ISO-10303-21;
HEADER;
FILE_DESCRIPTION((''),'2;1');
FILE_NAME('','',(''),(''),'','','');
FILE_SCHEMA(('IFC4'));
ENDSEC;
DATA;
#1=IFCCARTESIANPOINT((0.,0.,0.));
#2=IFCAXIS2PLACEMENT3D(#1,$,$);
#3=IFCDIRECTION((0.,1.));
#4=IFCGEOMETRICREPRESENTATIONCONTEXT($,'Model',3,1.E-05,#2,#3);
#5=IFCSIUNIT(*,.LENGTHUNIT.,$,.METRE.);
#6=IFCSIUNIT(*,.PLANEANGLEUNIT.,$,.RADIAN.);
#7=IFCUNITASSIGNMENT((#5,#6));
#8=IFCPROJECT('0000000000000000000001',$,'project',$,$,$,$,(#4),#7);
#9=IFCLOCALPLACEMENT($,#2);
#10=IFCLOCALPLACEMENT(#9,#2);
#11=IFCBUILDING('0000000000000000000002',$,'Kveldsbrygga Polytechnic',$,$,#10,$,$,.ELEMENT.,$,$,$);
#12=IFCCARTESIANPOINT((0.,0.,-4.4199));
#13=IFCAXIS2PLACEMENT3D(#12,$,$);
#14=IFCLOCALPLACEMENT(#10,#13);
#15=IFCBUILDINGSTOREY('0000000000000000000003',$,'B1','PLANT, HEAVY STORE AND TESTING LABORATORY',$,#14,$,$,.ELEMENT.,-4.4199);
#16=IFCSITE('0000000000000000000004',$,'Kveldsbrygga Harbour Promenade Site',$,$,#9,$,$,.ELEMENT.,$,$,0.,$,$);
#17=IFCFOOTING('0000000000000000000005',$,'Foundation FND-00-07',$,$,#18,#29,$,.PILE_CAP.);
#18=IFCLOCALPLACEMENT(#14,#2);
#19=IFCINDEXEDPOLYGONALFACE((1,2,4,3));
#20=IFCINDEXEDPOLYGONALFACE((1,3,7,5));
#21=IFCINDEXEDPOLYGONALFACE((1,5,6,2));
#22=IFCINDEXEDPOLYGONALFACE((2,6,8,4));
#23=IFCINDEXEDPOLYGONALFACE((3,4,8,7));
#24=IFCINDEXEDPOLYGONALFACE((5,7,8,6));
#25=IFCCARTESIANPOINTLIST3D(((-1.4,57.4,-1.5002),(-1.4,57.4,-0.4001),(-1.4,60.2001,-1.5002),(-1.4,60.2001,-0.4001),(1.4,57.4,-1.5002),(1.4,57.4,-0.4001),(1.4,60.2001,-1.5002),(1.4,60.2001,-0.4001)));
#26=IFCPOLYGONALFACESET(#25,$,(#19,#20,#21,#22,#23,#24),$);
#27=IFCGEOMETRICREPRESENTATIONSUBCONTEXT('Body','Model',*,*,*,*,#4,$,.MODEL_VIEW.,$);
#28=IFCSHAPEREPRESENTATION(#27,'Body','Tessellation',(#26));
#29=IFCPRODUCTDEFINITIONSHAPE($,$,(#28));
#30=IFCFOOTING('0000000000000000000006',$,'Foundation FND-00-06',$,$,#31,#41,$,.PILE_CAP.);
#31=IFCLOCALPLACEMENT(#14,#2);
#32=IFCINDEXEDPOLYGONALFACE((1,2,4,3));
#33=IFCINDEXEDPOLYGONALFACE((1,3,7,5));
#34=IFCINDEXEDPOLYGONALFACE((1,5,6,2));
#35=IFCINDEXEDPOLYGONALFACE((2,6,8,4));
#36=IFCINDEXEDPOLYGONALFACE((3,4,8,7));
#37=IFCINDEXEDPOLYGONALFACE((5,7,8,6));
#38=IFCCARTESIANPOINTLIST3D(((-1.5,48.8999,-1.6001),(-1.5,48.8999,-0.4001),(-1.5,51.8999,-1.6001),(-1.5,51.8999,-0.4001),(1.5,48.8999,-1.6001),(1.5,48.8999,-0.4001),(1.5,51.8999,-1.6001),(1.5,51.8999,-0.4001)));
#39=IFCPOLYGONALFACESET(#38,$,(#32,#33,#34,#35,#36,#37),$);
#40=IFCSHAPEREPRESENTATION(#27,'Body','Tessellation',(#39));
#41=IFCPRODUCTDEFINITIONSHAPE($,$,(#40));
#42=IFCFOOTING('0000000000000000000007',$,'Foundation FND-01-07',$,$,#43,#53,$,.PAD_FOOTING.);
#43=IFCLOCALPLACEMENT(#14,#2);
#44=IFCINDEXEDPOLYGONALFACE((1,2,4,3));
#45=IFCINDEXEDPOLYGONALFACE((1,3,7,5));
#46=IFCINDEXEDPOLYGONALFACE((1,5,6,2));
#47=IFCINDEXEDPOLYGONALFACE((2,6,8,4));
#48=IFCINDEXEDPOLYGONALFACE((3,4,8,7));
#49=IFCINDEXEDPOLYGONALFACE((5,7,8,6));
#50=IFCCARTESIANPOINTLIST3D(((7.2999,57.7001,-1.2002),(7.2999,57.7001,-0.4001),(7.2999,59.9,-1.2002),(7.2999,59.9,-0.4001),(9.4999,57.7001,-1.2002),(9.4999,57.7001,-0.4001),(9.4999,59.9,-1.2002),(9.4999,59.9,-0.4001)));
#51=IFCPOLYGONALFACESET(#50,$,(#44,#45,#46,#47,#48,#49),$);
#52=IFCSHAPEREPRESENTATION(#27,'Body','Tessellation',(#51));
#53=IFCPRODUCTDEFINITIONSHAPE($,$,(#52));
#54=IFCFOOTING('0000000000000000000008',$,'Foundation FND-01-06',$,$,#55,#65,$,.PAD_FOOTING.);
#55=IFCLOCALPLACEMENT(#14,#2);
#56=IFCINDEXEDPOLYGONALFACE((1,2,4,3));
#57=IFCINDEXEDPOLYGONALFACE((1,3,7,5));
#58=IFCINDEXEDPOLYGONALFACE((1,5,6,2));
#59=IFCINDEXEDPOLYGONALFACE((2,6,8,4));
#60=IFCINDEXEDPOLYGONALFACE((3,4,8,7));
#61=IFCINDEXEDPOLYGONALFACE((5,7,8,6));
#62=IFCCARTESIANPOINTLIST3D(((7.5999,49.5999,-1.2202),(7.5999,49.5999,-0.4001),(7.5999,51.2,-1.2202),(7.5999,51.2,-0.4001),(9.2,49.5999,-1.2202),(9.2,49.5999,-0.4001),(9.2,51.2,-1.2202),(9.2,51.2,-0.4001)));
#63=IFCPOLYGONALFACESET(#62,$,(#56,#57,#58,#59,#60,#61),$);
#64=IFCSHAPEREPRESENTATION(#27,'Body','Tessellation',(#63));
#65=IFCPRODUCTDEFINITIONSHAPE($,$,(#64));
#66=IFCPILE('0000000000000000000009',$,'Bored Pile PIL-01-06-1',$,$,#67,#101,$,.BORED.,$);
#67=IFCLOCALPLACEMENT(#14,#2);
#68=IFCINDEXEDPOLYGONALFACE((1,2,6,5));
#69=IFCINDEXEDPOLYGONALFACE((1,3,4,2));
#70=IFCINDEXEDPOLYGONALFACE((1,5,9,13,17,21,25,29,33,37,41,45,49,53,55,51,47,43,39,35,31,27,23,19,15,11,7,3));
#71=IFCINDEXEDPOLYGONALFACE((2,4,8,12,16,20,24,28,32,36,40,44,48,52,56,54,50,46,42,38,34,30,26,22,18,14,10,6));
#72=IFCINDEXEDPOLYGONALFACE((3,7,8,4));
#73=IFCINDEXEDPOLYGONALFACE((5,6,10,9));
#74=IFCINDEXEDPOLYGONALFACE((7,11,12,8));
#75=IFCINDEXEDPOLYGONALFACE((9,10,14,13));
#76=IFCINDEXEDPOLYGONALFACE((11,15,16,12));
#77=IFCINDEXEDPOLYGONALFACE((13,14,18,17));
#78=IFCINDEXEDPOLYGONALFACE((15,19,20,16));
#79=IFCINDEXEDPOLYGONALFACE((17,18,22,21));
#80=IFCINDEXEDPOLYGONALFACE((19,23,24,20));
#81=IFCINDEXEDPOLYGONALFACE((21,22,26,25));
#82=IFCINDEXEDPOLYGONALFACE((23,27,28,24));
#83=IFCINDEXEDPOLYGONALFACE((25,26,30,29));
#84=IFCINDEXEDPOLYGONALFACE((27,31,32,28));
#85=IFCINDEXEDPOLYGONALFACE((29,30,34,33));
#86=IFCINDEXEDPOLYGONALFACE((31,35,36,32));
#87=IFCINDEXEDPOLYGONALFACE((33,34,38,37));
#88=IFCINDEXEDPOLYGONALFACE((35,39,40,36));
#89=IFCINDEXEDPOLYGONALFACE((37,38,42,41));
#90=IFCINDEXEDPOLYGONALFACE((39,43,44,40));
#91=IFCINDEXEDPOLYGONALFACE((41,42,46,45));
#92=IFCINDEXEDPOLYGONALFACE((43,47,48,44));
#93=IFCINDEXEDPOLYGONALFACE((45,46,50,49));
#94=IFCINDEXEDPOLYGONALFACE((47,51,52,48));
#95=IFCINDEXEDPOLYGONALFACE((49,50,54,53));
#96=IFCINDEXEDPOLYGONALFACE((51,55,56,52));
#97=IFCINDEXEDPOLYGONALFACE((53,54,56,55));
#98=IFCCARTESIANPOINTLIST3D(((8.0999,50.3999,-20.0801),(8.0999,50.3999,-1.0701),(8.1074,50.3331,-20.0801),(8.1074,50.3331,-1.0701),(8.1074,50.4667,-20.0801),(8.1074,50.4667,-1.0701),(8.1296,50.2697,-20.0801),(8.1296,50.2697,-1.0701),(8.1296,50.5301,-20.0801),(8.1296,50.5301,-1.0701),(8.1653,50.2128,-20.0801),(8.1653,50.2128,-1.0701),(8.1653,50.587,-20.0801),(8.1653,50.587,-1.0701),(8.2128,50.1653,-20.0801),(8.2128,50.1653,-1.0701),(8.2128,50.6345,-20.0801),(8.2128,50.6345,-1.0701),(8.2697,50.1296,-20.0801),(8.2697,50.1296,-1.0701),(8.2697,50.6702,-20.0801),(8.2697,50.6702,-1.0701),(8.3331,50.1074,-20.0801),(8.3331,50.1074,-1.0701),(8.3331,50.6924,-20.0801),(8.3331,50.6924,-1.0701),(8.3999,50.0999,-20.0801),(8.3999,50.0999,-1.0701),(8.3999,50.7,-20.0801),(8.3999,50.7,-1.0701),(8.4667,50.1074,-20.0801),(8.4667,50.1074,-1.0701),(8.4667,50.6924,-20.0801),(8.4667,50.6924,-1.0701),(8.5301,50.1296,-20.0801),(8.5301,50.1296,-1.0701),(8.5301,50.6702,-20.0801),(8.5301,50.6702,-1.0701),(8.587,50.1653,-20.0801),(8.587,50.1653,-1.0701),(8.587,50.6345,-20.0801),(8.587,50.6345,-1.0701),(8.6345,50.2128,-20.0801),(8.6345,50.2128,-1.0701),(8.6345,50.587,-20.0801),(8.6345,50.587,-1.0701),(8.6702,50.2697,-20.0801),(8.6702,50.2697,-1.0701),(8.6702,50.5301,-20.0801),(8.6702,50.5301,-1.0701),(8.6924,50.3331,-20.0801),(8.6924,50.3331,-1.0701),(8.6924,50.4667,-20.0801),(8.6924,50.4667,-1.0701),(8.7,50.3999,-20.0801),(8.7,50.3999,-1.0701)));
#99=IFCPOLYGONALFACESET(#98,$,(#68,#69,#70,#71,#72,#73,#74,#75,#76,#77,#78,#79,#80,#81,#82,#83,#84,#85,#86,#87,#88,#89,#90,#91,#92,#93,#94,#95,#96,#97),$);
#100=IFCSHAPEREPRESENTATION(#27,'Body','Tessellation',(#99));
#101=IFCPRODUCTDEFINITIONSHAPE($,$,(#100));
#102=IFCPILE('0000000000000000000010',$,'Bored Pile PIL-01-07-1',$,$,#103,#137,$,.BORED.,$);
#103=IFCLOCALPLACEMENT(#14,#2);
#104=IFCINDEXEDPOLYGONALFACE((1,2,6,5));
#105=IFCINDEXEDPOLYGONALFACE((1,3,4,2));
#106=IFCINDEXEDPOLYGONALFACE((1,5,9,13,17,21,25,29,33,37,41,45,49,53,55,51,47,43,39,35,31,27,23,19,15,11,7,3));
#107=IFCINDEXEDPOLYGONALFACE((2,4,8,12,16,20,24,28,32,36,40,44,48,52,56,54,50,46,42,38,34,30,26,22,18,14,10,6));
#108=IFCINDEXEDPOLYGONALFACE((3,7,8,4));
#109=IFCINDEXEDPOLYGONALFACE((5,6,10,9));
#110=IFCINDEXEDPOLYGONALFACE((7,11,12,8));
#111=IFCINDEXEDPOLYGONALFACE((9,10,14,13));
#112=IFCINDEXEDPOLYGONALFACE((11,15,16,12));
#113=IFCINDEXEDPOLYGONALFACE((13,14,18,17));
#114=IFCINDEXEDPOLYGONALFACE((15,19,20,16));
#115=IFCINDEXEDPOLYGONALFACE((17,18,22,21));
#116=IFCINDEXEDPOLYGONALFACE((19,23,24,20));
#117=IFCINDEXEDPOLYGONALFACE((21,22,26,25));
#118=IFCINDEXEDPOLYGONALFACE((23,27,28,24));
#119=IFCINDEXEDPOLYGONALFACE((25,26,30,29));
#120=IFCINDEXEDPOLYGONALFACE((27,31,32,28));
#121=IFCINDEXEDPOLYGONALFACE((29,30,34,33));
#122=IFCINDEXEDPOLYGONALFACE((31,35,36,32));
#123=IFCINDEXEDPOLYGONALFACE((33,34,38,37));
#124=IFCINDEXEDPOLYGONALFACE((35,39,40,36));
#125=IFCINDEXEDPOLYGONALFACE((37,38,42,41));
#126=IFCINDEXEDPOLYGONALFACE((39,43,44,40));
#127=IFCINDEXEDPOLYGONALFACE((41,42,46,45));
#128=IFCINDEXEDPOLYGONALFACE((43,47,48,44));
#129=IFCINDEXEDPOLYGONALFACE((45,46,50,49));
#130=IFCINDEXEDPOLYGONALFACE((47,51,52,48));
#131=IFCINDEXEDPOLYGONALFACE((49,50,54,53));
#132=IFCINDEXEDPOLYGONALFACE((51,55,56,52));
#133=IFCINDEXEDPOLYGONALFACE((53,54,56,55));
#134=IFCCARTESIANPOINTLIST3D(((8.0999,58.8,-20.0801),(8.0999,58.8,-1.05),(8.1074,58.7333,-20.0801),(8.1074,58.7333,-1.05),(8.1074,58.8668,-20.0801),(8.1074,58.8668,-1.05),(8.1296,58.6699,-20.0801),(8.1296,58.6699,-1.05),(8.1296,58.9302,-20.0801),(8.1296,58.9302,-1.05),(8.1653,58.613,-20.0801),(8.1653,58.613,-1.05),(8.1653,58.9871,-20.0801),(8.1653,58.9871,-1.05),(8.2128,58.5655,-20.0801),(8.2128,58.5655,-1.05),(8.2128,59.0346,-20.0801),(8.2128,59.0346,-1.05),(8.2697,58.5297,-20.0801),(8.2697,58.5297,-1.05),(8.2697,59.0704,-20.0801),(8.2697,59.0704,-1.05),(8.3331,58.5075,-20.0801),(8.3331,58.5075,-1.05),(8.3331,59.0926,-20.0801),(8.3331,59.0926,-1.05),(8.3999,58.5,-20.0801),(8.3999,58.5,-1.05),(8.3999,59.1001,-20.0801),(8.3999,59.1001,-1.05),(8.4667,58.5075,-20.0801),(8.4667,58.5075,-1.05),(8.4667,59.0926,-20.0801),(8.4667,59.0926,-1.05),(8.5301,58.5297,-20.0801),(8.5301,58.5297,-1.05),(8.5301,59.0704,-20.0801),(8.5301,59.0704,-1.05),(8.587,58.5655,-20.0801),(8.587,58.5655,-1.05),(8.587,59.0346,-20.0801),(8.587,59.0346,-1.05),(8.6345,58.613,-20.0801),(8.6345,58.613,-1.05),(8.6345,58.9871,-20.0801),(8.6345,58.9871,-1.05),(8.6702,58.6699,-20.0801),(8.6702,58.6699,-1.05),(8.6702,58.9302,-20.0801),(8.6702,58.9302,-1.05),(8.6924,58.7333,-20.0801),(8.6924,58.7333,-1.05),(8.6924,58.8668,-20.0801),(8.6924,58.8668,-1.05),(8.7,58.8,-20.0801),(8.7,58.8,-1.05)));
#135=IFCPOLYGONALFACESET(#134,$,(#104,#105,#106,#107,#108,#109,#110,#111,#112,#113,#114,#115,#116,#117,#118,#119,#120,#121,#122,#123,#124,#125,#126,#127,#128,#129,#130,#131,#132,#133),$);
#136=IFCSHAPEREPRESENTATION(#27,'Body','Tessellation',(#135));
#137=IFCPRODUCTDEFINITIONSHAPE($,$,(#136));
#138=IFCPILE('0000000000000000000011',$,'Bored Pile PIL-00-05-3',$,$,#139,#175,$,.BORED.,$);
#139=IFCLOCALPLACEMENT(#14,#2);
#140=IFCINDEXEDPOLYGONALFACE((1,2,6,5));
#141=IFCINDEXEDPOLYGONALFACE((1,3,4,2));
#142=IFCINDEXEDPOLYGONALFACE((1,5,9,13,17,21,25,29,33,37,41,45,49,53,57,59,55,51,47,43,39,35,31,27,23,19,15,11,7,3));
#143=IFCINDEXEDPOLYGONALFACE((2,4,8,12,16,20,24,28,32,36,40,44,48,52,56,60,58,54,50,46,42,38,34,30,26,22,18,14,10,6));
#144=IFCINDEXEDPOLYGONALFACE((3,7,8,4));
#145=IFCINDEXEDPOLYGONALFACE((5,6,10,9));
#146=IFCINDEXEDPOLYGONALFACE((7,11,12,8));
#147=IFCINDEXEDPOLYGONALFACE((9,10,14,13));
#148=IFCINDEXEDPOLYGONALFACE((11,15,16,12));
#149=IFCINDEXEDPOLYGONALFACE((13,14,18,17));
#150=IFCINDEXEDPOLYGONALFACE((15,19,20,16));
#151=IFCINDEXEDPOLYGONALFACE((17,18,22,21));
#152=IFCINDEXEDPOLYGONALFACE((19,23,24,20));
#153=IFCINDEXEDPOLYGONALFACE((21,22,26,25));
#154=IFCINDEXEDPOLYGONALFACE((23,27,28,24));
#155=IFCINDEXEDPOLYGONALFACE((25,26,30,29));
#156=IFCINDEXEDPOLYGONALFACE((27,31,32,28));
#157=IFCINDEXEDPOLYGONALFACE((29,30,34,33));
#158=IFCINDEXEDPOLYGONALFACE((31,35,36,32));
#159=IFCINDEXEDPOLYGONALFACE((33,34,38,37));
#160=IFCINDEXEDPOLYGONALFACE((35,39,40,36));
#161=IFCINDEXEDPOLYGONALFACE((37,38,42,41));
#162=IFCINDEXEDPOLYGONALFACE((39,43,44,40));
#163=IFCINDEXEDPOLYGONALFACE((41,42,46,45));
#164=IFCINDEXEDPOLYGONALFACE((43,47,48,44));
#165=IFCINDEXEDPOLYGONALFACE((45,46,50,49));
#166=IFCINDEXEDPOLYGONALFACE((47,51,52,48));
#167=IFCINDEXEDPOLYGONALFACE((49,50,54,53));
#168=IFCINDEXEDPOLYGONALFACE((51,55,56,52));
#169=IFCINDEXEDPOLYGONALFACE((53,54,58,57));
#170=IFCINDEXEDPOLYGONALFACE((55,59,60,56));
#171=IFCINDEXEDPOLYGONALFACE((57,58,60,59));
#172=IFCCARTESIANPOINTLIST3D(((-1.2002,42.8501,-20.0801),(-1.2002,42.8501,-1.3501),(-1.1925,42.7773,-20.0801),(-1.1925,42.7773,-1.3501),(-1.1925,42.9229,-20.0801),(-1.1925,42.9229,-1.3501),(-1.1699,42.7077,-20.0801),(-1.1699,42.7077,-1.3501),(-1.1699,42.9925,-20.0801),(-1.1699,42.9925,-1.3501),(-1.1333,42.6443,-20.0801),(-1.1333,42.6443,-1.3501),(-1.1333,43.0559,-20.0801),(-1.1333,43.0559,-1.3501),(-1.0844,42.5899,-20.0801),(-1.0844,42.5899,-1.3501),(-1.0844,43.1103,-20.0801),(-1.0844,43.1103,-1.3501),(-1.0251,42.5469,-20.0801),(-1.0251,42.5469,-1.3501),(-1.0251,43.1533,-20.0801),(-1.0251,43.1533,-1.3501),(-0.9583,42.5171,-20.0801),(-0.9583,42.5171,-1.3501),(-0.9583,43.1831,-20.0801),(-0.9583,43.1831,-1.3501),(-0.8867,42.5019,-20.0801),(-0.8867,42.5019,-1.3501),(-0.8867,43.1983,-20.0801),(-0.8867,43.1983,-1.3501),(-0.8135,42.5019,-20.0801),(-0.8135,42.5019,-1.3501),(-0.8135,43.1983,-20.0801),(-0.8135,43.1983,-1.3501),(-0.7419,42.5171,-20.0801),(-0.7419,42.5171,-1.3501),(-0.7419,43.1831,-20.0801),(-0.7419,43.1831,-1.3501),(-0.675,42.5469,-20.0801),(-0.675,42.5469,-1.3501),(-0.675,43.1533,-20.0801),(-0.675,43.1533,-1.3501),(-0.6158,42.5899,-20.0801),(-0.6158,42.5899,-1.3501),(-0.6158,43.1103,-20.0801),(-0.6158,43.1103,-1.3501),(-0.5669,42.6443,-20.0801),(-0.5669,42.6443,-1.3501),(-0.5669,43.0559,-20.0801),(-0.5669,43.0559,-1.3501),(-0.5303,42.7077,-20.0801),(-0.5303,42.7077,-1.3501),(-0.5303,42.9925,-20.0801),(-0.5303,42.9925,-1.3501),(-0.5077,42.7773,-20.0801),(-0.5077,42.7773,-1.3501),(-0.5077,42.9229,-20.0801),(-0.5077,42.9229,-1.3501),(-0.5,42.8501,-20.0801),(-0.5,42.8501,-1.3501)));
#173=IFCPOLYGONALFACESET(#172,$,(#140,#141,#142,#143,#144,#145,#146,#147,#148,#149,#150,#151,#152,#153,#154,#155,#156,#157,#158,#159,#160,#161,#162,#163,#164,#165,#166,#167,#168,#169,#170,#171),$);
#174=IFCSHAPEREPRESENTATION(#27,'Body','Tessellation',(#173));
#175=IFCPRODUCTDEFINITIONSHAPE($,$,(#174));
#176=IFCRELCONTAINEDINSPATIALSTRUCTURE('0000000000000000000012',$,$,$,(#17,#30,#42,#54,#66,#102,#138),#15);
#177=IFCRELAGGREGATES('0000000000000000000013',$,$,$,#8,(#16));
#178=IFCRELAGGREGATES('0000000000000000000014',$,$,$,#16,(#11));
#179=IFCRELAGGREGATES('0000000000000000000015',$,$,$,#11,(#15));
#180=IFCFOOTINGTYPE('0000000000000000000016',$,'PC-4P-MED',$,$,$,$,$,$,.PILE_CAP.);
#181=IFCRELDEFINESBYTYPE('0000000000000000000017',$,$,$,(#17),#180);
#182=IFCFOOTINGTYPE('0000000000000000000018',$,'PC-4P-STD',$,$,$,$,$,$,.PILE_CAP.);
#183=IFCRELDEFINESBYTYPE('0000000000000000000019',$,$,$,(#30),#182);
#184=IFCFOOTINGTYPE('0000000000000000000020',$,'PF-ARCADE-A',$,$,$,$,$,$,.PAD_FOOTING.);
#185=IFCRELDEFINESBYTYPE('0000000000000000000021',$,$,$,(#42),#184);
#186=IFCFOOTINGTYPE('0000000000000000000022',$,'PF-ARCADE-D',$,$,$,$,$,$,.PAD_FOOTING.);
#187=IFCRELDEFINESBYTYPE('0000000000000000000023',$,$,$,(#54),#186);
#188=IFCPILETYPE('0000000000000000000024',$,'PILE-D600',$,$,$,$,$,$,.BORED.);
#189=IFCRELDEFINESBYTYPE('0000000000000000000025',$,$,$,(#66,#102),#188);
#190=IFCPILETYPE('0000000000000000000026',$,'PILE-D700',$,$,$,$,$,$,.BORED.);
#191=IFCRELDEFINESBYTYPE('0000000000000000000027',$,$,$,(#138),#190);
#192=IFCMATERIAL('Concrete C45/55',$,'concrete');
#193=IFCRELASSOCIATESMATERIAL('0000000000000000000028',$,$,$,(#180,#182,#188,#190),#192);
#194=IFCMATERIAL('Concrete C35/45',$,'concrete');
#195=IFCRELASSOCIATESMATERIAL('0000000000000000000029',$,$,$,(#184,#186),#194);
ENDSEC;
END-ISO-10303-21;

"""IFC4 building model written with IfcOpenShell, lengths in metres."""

from ifc_helpers import new_model, si_unit, direction, frame, origin, origin_2d, place, context, subcontext, project, spatial, rectangle, circle, extrude, material, material_profile, profile_set, type_object, element, save


model = new_model("IFC4")

# Units and contexts
model_context = context("Model", 3, precision=1e-05, world=origin(), true_north=direction((0.0, 1.0)))
body_context = subcontext(model_context, "Body", "Model", "MODEL_VIEW")
ifc_project = project(units=[si_unit("LENGTHUNIT", "METRE"), si_unit("PLANEANGLEUNIT", "RADIAN")], contexts=[model_context])

# Site, building, storey
site_placement = place(None, origin())
site = spatial("IfcSite", under=ifc_project, at=site_placement, Name="Kveldsbrygga Harbour Promenade Site", CompositionType="ELEMENT", RefElevation=0.0)
building_placement = place(site_placement, origin())
building = spatial("IfcBuilding", under=site, at=building_placement, Name="Kveldsbrygga Polytechnic", CompositionType="ELEMENT")
storey_placement = place(building_placement, frame((0.0, 0.0, -4.4199)))
storey = spatial("IfcBuildingStorey", under=building, at=storey_placement, Name="B1", Description="PLANT, HEAVY STORE AND TESTING LABORATORY", CompositionType="ELEMENT", Elevation=-4.4199)

# Footings
ifc_material_1 = material(Name="Concrete C45/55", Category="concrete")
footing_type_1 = type_object("IfcFootingType", Name="PC-4P-MED", PredefinedType="PILE_CAP", material=ifc_material_1)
footing_1_placement = place(storey_placement, frame((0.0, 58.8, -1.5002), z_axis=(0.0, 0.0, 1.0), x_axis=(1.0, 0.0, 0.0)))
element("IfcFooting", 1, at=footing_1_placement, inside=storey, type_object=footing_type_1, Name="Foundation FND-00-07", PredefinedType="PILE_CAP", context=body_context, shape_type="SweptSolid", body=[
    extrude(rectangle(XDim=2.8, YDim=2.8, at=origin_2d()), origin(), (0.0, 0.0, 1.0), 1.1001),
])
footing_type_2 = type_object("IfcFootingType", Name="PC-4P-STD", PredefinedType="PILE_CAP", material=ifc_material_1)
footing_2_placement = place(storey_placement, frame((0.0, 50.3999, -1.6001), z_axis=(0.0, 0.0, 1.0), x_axis=(1.0, 0.0, 0.0)))
element("IfcFooting", 2, at=footing_2_placement, inside=storey, type_object=footing_type_2, Name="Foundation FND-00-06", PredefinedType="PILE_CAP", context=body_context, shape_type="SweptSolid", body=[
    extrude(rectangle(XDim=3.0, YDim=3.0, at=origin_2d()), origin(), (0.0, 0.0, 1.0), 1.2),
])
ifc_material_2 = material(Name="Concrete C35/45", Category="concrete")
footing_type_3 = type_object("IfcFootingType", Name="PF-ARCADE-A", PredefinedType="PAD_FOOTING", material=ifc_material_2)
footing_3_placement = place(storey_placement, frame((8.3999, 58.8, -1.2002), z_axis=(0.0, 0.0, 1.0), x_axis=(1.0, 0.0, 0.0)))
element("IfcFooting", 3, at=footing_3_placement, inside=storey, type_object=footing_type_3, Name="Foundation FND-01-07", PredefinedType="PAD_FOOTING", context=body_context, shape_type="SweptSolid", body=[
    extrude(rectangle(XDim=2.2, YDim=2.2, at=origin_2d()), origin(), (0.0, 0.0, 1.0), 0.8),
])
footing_type_4 = type_object("IfcFootingType", Name="PF-ARCADE-D", PredefinedType="PAD_FOOTING", material=ifc_material_2)
footing_4_placement = place(storey_placement, frame((8.3999, 50.3999, -1.2202), z_axis=(0.0, 0.0, 1.0), x_axis=(1.0, 0.0, 0.0)))
element("IfcFooting", 4, at=footing_4_placement, inside=storey, type_object=footing_type_4, Name="Foundation FND-01-06", PredefinedType="PAD_FOOTING", context=body_context, shape_type="SweptSolid", body=[
    extrude(rectangle(XDim=1.6001, YDim=1.6001, at=origin_2d()), origin(), (0.0, 0.0, 1.0), 0.8201),
])

# Piles
ifc_material_profile_1 = material_profile(ifc_material_1, circle(Radius=0.3, at=origin_2d()), Name="PILE D600")
ifc_profile_set_1 = profile_set([ifc_material_profile_1], Name="Concrete C45/55")
pile_type_1 = type_object("IfcPileType", Name="PILE-D600", PredefinedType="BORED", material=ifc_profile_set_1)
pile_1_placement = place(storey_placement, frame((8.3999, 50.3999, -1.0701), z_axis=(0.0, 0.0, -1.0), x_axis=(1.0, 0.0, 0.0)))
element("IfcPile", 5, at=pile_1_placement, inside=storey, type_object=pile_type_1, Name="Bored Pile PIL-01-06-1", PredefinedType="BORED", context=body_context, shape_type="SweptSolid", body=[
    extrude(circle(Radius=0.3, at=origin_2d()), origin(), (0.0, 0.0, 1.0), 19.01),
])
pile_2_placement = place(storey_placement, frame((8.3999, 58.8, -1.05), z_axis=(0.0, 0.0, -1.0), x_axis=(1.0, 0.0, 0.0)))
element("IfcPile", 6, at=pile_2_placement, inside=storey, type_object=pile_type_1, Name="Bored Pile PIL-01-07-1", PredefinedType="BORED", context=body_context, shape_type="SweptSolid", body=[
    extrude(circle(Radius=0.3, at=origin_2d()), origin(), (0.0, 0.0, 1.0), 19.03),
])
ifc_material_profile_2 = material_profile(ifc_material_1, circle(Radius=0.3501, at=origin_2d()), Name="PILE D700")
ifc_profile_set_2 = profile_set([ifc_material_profile_2], Name="Concrete C45/55")
pile_type_2 = type_object("IfcPileType", Name="PILE-D700", PredefinedType="BORED", material=ifc_profile_set_2)
for number, where, z_axis, x_axis, name in (
    (7, (-0.8501, 42.8501, -1.3501), (0.0, 0.0, -1.0), (1.0, 0.0, 0.0), "Bored Pile PIL-00-05-3"),
):
    element("IfcPile", number, at=place(storey_placement, frame(where, z_axis=z_axis, x_axis=x_axis)), inside=storey, type_object=pile_type_2, Name=name, PredefinedType="BORED", context=body_context, shape_type="SweptSolid", body=[
        extrude(circle(Radius=0.3501, at=origin_2d()), origin(), (0.0, 0.0, 1.0), 18.73),
    ])

save(model, "model.ifc")
